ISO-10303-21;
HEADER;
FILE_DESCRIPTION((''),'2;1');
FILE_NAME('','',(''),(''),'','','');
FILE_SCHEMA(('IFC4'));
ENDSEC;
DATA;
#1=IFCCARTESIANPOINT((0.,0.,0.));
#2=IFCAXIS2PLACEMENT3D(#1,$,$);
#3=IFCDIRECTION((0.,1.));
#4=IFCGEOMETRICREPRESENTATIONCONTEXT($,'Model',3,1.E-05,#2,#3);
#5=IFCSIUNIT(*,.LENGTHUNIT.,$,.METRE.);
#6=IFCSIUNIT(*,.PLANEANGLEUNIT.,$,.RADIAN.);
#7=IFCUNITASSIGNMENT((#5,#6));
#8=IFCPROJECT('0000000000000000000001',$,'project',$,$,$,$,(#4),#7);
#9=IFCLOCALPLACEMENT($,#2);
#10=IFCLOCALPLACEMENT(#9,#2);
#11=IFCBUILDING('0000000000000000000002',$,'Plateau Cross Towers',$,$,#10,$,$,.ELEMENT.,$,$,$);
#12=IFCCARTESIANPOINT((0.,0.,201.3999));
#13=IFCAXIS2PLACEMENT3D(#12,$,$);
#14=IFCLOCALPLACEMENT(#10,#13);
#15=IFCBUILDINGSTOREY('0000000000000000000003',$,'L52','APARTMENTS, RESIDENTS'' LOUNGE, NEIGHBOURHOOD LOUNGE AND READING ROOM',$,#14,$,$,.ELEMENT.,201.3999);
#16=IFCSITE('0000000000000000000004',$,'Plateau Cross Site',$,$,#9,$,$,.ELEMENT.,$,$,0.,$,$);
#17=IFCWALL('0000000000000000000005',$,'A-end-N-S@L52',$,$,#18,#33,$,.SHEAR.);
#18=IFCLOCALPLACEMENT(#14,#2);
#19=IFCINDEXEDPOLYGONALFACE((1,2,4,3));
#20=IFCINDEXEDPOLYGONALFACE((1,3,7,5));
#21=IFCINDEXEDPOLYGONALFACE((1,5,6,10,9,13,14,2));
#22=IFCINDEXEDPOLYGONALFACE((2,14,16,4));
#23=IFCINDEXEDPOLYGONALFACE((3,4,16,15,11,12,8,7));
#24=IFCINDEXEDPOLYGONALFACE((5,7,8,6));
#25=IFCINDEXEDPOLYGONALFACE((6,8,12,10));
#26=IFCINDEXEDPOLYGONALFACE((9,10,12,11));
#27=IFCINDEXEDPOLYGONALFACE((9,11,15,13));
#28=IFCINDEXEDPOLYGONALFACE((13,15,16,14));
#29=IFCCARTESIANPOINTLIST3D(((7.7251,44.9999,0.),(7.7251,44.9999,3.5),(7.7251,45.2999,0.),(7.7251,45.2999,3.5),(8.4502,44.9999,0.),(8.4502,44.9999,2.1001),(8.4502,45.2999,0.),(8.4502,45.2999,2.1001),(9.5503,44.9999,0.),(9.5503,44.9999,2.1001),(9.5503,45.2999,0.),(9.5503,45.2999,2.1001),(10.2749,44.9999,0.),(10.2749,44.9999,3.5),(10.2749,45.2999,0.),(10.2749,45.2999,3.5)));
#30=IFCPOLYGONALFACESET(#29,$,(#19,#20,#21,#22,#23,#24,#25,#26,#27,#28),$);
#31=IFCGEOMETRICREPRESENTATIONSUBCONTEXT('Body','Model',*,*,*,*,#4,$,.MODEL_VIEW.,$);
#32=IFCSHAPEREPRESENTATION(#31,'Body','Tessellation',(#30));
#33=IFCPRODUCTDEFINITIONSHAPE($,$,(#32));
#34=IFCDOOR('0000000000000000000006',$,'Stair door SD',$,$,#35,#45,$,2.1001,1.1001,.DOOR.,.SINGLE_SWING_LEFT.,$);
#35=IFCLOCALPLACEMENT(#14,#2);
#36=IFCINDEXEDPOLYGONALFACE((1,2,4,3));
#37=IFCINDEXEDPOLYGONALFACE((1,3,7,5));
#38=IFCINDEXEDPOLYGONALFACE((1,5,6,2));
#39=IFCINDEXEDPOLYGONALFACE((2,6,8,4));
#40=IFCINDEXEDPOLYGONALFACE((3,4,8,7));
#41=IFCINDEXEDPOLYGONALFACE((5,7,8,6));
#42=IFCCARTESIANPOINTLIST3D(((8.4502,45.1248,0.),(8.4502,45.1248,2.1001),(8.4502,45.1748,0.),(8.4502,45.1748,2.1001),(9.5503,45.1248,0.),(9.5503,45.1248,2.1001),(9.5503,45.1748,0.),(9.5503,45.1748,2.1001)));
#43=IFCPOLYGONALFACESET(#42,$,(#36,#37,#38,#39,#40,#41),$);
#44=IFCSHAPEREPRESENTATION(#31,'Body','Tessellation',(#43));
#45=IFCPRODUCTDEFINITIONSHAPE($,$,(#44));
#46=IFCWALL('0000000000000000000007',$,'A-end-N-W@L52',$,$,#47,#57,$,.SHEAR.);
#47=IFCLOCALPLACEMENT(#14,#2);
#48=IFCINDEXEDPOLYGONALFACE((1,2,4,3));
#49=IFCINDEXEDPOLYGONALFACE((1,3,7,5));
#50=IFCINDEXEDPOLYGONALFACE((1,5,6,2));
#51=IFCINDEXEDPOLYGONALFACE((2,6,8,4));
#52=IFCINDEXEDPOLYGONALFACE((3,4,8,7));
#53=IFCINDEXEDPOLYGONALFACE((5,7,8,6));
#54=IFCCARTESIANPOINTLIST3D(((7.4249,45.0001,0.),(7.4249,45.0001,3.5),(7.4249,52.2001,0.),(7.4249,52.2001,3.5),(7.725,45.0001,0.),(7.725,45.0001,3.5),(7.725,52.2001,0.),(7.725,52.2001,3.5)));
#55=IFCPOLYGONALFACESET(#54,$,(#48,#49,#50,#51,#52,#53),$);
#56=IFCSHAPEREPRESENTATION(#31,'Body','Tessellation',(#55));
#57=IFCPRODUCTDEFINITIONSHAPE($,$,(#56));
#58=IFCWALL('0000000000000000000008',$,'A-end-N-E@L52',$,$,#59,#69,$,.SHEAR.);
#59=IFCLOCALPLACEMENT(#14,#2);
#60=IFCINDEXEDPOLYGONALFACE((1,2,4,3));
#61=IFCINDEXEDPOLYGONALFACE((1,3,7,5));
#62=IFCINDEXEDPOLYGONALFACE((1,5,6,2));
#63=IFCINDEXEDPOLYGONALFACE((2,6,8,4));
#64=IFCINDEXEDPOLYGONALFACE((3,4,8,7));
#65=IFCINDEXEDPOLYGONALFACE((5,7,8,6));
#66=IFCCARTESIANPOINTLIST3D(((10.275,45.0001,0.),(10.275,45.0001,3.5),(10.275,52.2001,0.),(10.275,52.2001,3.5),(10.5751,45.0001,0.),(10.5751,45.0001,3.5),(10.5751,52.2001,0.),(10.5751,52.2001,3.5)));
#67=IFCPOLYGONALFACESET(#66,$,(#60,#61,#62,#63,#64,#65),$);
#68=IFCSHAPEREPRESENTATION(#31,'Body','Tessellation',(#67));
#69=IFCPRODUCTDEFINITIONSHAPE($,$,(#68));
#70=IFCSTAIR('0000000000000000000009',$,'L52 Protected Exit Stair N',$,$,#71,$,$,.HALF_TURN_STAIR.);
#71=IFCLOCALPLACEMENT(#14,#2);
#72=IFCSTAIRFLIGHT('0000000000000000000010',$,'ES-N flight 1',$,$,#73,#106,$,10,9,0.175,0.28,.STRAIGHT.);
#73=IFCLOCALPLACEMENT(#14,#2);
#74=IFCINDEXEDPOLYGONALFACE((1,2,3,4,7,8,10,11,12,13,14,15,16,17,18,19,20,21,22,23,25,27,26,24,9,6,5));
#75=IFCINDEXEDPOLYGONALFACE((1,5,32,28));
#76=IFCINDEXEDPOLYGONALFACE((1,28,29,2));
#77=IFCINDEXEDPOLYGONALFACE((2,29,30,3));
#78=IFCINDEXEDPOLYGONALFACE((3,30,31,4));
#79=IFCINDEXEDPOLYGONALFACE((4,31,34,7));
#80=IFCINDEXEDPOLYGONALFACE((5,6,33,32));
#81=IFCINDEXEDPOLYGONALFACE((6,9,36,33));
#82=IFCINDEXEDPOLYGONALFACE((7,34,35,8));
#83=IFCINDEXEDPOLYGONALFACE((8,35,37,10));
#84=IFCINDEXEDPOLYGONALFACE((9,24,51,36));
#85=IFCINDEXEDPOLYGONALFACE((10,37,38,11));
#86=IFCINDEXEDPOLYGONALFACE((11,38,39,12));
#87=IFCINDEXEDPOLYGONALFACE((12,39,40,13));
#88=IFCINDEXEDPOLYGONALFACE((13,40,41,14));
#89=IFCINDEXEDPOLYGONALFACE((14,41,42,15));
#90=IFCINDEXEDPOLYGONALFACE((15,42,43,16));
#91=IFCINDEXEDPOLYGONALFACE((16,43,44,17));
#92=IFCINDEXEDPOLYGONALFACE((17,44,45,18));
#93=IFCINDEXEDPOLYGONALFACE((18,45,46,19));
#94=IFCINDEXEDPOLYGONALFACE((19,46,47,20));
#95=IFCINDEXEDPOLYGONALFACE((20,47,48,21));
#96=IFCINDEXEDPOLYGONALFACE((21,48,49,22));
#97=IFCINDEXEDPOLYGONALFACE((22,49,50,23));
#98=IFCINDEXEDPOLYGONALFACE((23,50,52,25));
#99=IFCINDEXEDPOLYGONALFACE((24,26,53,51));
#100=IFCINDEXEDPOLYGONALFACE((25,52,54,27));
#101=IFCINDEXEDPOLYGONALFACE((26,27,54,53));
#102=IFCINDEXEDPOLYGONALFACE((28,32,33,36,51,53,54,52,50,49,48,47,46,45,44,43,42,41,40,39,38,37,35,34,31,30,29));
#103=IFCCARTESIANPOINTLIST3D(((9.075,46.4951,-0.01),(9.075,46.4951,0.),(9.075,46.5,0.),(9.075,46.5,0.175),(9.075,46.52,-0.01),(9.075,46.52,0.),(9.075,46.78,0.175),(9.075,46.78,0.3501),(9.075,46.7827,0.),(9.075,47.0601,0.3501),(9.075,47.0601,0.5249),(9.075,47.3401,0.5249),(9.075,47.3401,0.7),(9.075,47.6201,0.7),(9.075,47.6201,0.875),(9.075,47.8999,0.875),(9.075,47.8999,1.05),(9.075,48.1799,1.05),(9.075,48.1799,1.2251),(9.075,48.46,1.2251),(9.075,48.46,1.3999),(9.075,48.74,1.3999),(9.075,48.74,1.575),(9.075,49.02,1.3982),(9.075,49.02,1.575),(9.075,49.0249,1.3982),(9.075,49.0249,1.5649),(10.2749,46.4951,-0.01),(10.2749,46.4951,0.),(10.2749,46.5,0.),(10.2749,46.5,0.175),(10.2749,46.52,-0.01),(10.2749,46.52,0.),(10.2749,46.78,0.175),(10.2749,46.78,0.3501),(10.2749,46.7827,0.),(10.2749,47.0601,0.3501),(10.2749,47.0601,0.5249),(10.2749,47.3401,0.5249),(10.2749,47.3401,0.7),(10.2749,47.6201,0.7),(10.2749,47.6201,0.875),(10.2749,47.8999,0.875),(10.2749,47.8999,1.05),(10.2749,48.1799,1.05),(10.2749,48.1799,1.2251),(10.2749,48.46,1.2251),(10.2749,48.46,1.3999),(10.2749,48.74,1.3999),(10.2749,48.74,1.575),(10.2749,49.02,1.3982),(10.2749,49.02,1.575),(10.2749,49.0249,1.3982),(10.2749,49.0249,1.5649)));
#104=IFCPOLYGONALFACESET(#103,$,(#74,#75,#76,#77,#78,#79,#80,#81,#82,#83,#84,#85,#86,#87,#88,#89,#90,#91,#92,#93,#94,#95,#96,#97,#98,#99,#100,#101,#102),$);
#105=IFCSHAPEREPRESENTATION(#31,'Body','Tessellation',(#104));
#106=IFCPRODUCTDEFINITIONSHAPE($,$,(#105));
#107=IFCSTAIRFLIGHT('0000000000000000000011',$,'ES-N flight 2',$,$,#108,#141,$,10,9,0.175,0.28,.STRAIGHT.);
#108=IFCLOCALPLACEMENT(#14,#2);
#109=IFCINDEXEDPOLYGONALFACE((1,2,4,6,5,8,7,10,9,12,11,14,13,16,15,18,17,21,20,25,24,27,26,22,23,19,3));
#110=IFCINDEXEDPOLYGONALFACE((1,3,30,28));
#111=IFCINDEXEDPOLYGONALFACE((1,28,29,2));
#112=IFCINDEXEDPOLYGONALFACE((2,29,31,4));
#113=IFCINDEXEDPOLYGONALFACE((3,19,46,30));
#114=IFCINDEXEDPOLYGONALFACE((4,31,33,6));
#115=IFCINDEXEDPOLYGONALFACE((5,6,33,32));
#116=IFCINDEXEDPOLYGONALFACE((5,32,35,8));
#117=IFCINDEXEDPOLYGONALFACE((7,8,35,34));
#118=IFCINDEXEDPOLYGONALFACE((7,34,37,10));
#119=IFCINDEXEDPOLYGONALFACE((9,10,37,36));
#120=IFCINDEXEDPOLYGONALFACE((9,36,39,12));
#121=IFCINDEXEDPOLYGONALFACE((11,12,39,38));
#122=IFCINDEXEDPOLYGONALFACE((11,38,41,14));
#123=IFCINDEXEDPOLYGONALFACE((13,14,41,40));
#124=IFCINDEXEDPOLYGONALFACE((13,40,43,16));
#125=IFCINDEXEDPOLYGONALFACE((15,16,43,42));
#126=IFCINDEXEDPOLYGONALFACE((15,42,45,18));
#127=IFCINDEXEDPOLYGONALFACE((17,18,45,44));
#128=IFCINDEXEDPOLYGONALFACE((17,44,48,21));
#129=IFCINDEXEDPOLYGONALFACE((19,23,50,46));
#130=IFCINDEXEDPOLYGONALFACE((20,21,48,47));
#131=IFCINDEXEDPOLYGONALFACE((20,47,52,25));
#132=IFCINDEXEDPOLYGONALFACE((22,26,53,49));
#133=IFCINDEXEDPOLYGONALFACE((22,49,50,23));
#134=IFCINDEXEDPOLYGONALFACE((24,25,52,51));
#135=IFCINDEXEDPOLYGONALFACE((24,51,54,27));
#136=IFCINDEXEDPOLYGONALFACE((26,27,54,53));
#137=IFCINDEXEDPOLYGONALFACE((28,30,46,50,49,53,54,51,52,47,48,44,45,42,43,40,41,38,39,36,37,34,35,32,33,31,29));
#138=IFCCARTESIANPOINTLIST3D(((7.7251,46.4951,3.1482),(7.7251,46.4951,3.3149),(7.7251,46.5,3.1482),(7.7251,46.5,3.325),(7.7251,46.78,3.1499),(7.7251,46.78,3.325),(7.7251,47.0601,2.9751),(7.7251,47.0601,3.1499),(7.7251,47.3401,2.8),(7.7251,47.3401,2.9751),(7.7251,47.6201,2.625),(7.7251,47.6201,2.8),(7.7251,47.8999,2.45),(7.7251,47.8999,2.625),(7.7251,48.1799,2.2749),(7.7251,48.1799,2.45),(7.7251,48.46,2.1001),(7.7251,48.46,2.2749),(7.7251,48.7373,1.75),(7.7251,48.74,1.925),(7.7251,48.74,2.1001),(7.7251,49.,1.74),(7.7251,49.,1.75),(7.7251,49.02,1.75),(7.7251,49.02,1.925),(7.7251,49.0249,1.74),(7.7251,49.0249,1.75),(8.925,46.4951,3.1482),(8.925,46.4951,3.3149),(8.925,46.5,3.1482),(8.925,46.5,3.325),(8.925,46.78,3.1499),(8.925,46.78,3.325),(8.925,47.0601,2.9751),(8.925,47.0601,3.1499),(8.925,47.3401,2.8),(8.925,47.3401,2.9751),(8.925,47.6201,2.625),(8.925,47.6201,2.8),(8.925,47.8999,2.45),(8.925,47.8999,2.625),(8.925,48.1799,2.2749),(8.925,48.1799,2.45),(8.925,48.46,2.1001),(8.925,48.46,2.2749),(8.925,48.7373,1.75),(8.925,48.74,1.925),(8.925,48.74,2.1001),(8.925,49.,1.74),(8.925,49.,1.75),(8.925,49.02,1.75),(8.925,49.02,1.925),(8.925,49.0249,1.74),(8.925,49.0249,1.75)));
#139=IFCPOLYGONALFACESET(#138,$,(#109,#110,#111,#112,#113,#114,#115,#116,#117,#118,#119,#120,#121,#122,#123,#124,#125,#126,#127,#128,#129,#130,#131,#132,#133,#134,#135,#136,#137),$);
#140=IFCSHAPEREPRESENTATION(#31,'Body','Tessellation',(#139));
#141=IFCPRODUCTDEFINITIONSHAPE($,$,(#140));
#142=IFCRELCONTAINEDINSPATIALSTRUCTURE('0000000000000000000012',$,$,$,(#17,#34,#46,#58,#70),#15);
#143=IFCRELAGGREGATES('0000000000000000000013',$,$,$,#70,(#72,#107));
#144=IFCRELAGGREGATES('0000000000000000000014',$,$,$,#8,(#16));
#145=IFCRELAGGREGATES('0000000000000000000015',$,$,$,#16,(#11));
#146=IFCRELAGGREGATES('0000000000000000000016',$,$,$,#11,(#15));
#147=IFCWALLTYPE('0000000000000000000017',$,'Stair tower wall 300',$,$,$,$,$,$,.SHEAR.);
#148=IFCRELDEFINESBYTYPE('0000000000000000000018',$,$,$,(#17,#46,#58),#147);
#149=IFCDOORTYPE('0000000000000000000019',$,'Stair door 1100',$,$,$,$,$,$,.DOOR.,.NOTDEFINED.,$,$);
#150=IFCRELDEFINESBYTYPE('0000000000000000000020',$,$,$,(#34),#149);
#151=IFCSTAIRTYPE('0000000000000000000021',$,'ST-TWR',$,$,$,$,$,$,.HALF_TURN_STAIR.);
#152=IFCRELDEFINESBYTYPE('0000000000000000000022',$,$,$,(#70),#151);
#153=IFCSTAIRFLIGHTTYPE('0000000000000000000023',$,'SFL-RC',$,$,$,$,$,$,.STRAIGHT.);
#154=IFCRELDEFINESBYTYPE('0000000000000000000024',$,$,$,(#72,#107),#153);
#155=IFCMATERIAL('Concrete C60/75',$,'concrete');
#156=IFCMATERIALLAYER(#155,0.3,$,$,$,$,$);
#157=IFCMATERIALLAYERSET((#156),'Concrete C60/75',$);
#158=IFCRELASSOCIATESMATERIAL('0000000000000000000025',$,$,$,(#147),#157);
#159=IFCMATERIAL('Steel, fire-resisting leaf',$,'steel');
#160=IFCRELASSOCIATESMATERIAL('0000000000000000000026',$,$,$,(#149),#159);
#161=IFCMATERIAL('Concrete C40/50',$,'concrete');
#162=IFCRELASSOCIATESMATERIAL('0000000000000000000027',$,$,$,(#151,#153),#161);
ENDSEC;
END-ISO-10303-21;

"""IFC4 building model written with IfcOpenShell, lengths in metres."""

from ifc_helpers import new_model, si_unit, direction, frame, frame_2d, origin, place, context, subcontext, project, spatial, polyline, rectangle, outline, extrude, material, layer, layer_set, type_object, element, fill, aggregate, save


model = new_model("IFC4")

# Units and contexts
model_context = context("Model", 3, precision=1e-05, world=origin(), true_north=direction((0.0, 1.0)))
body_context = subcontext(model_context, "Body", "Model", "MODEL_VIEW")
ifc_project = project(units=[si_unit("LENGTHUNIT", "METRE"), si_unit("PLANEANGLEUNIT", "RADIAN")], contexts=[model_context])

# Site, building, storey
site_placement = place(None, origin())
site = spatial("IfcSite", under=ifc_project, at=site_placement, Name="Plateau Cross Site", CompositionType="ELEMENT", RefElevation=0.0)
building_placement = place(site_placement, origin())
building = spatial("IfcBuilding", under=site, at=building_placement, Name="Plateau Cross Towers", CompositionType="ELEMENT")
storey_placement = place(building_placement, frame((0.0, 0.0, 201.3999)))
storey = spatial("IfcBuildingStorey", under=building, at=storey_placement, Name="L52", Description="APARTMENTS, RESIDENTS' LOUNGE, NEIGHBOURHOOD LOUNGE AND READING ROOM", CompositionType="ELEMENT", Elevation=201.3999)

# Wall, opening, door
ifc_material_1 = material(Name="Concrete C60/75", Category="concrete")
ifc_layer_1 = layer(ifc_material_1, 0.3)
ifc_layer_set_1 = layer_set([ifc_layer_1], Name="Concrete C60/75")
wall_type_1 = type_object("IfcWallType", Name="Stair tower wall 300", PredefinedType="SHEAR", material=ifc_layer_set_1)
wall_1_placement = place(storey_placement, frame((7.7251, 45.1499, 0.0), z_axis=(0.0, 0.0, 1.0), x_axis=(1.0, 0.0, 0.0)))
wall_1 = element("IfcWall", 1, at=wall_1_placement, inside=storey, type_object=wall_type_1, Name="A-end-N-S@L52", PredefinedType="SHEAR", context=body_context, shape_type="SweptSolid", body=[
    extrude(rectangle(XDim=2.5498, YDim=0.3, at=frame_2d((1.2749, 0.0))), origin(), (0.0, 0.0, 1.0), 3.5),
])
opening_1_placement = place(wall_1_placement, frame((0.7251, 0.0, 0.0)))
opening_1 = element("IfcOpeningElement", 2, at=opening_1_placement, cuts=wall_1, PredefinedType="OPENING", context=body_context, shape_type="SweptSolid", body=[
    extrude(rectangle(XDim=1.1001, YDim=2.1001, at=frame_2d((0.55, 1.05))), frame((0.0, 0.1599, 0.0), z_axis=(0.0, -1.0, 0.0), x_axis=(1.0, 0.0, 0.0)), (0.0, 0.0, 1.0), 0.3201),
])
ifc_material_2 = material(Name="Steel, fire-resisting leaf", Category="steel")
door_type_1 = type_object("IfcDoorType", Name="Stair door 1100", OperationType="NOTDEFINED", PredefinedType="DOOR", material=ifc_material_2)
door_1_placement = place(opening_1_placement, origin())
door_1 = element("IfcDoor", 3, at=door_1_placement, inside=storey, type_object=door_type_1, Name="Stair door SD", OperationType="SINGLE_SWING_LEFT", OverallHeight=2.1001, OverallWidth=1.1001, PredefinedType="DOOR", context=body_context, shape_type="SweptSolid", body=[
    extrude(rectangle(XDim=1.1001, YDim=2.1001, at=frame_2d((0.55, 1.05))), frame((0.0, 0.0249, 0.0), z_axis=(0.0, -1.0, 0.0), x_axis=(1.0, 0.0, 0.0)), (0.0, 0.0, 1.0), 0.05),
])
fill(opening_1, door_1)

# Walls
for number, where, z_axis, x_axis, name in (
    (4, (7.575, 45.0, 0.0), (0.0, 0.0, 1.0), (0.0, 1.0, 0.0), "A-end-N-W@L52"),
    (5, (10.425, 45.0, 0.0), (0.0, 0.0, 1.0), (0.0, 1.0, 0.0), "A-end-N-E@L52"),
):
    element("IfcWall", number, at=place(storey_placement, frame(where, z_axis=z_axis, x_axis=x_axis)), inside=storey, type_object=wall_type_1, Name=name, PredefinedType="SHEAR", context=body_context, shape_type="SweptSolid", body=[
        extrude(rectangle(XDim=7.2, YDim=0.3, at=frame_2d((3.6001, 0.0))), origin(), (0.0, 0.0, 1.0), 3.5),
    ])

# Stair, stair flights
ifc_material_3 = material(Name="Concrete C40/50", Category="concrete")
stair_type = type_object("IfcStairType", Name="ST-TWR", PredefinedType="HALF_TURN_STAIR", material=ifc_material_3)
stair_placement = place(storey_placement, origin())
stair = element("IfcStair", 6, at=stair_placement, inside=storey, type_object=stair_type, Name="L52 Protected Exit Stair N", PredefinedType="HALF_TURN_STAIR")
stair_flight_type = type_object("IfcStairFlightType", Name="SFL-RC", PredefinedType="STRAIGHT", material=ifc_material_3)
stair_flight_1_placement = place(storey_placement, frame((9.675, 46.5, 0.0), z_axis=(0.0, 0.0, 1.0), x_axis=(0.0, 1.0, 0.0)))
stair_flight_1 = element("IfcStairFlight", 7, at=stair_flight_1_placement, type_object=stair_flight_type, Name="ES-N flight 1", NumberOfRisers=10, NumberOfTreads=9, PredefinedType="STRAIGHT", RiserHeight=0.175, TreadLength=0.28, context=body_context, shape_type="SweptSolid", body=[
    extrude(outline(polyline([(-0.0049, -0.01), (-0.0049, 0.0), (0.0, 0.0), (0.0, 0.175), (0.28, 0.175), (0.28, 0.3501), (0.5601, 0.3501), (0.5601, 0.5249), (0.8401, 0.5249), (0.8401, 0.7), (1.1201, 0.7), (1.1201, 0.875), (1.3999, 0.875), (1.3999, 1.05), (1.6799, 1.05), (1.6799, 1.2251), (1.96, 1.2251), (1.96, 1.3999), (2.24, 1.3999), (2.24, 1.575), (2.52, 1.575), (2.5249, 1.5649), (2.5249, 1.3982), (2.52, 1.3982), (0.2827, 0.0), (0.02, 0.0), (0.02, -0.01), (-0.0049, -0.01)])), frame((0.0, 0.6001, 0.0), z_axis=(0.0, -1.0, 0.0), x_axis=(1.0, 0.0, 0.0)), (0.0, 0.0, 1.0), 1.2),
])
stair_flight_2_placement = place(storey_placement, frame((8.325, 49.02, 1.75), z_axis=(0.0, 0.0, 1.0), x_axis=(0.0, -1.0, 0.0)))
stair_flight_2 = element("IfcStairFlight", 8, at=stair_flight_2_placement, type_object=stair_flight_type, Name="ES-N flight 2", NumberOfRisers=10, NumberOfTreads=9, PredefinedType="STRAIGHT", RiserHeight=0.175, TreadLength=0.28, context=body_context, shape_type="SweptSolid", body=[
    extrude(outline(polyline([(-0.0049, -0.01), (-0.0049, 0.0), (0.0, 0.0), (0.0, 0.175), (0.28, 0.175), (0.28, 0.3501), (0.5601, 0.3501), (0.5601, 0.5249), (0.8401, 0.5249), (0.8401, 0.7), (1.1201, 0.7), (1.1201, 0.875), (1.3999, 0.875), (1.3999, 1.05), (1.6799, 1.05), (1.6799, 1.2251), (1.96, 1.2251), (1.96, 1.3999), (2.24, 1.3999), (2.24, 1.575), (2.52, 1.575), (2.5249, 1.5649), (2.5249, 1.3982), (2.52, 1.3982), (0.2827, 0.0), (0.02, 0.0), (0.02, -0.01), (-0.0049, -0.01)])), frame((0.0, 0.6001, 0.0), z_axis=(0.0, -1.0, 0.0), x_axis=(1.0, 0.0, 0.0)), (0.0, 0.0, 1.0), 1.2),
])
aggregate(stair, [stair_flight_1, stair_flight_2])

save(model, "model.ifc")
